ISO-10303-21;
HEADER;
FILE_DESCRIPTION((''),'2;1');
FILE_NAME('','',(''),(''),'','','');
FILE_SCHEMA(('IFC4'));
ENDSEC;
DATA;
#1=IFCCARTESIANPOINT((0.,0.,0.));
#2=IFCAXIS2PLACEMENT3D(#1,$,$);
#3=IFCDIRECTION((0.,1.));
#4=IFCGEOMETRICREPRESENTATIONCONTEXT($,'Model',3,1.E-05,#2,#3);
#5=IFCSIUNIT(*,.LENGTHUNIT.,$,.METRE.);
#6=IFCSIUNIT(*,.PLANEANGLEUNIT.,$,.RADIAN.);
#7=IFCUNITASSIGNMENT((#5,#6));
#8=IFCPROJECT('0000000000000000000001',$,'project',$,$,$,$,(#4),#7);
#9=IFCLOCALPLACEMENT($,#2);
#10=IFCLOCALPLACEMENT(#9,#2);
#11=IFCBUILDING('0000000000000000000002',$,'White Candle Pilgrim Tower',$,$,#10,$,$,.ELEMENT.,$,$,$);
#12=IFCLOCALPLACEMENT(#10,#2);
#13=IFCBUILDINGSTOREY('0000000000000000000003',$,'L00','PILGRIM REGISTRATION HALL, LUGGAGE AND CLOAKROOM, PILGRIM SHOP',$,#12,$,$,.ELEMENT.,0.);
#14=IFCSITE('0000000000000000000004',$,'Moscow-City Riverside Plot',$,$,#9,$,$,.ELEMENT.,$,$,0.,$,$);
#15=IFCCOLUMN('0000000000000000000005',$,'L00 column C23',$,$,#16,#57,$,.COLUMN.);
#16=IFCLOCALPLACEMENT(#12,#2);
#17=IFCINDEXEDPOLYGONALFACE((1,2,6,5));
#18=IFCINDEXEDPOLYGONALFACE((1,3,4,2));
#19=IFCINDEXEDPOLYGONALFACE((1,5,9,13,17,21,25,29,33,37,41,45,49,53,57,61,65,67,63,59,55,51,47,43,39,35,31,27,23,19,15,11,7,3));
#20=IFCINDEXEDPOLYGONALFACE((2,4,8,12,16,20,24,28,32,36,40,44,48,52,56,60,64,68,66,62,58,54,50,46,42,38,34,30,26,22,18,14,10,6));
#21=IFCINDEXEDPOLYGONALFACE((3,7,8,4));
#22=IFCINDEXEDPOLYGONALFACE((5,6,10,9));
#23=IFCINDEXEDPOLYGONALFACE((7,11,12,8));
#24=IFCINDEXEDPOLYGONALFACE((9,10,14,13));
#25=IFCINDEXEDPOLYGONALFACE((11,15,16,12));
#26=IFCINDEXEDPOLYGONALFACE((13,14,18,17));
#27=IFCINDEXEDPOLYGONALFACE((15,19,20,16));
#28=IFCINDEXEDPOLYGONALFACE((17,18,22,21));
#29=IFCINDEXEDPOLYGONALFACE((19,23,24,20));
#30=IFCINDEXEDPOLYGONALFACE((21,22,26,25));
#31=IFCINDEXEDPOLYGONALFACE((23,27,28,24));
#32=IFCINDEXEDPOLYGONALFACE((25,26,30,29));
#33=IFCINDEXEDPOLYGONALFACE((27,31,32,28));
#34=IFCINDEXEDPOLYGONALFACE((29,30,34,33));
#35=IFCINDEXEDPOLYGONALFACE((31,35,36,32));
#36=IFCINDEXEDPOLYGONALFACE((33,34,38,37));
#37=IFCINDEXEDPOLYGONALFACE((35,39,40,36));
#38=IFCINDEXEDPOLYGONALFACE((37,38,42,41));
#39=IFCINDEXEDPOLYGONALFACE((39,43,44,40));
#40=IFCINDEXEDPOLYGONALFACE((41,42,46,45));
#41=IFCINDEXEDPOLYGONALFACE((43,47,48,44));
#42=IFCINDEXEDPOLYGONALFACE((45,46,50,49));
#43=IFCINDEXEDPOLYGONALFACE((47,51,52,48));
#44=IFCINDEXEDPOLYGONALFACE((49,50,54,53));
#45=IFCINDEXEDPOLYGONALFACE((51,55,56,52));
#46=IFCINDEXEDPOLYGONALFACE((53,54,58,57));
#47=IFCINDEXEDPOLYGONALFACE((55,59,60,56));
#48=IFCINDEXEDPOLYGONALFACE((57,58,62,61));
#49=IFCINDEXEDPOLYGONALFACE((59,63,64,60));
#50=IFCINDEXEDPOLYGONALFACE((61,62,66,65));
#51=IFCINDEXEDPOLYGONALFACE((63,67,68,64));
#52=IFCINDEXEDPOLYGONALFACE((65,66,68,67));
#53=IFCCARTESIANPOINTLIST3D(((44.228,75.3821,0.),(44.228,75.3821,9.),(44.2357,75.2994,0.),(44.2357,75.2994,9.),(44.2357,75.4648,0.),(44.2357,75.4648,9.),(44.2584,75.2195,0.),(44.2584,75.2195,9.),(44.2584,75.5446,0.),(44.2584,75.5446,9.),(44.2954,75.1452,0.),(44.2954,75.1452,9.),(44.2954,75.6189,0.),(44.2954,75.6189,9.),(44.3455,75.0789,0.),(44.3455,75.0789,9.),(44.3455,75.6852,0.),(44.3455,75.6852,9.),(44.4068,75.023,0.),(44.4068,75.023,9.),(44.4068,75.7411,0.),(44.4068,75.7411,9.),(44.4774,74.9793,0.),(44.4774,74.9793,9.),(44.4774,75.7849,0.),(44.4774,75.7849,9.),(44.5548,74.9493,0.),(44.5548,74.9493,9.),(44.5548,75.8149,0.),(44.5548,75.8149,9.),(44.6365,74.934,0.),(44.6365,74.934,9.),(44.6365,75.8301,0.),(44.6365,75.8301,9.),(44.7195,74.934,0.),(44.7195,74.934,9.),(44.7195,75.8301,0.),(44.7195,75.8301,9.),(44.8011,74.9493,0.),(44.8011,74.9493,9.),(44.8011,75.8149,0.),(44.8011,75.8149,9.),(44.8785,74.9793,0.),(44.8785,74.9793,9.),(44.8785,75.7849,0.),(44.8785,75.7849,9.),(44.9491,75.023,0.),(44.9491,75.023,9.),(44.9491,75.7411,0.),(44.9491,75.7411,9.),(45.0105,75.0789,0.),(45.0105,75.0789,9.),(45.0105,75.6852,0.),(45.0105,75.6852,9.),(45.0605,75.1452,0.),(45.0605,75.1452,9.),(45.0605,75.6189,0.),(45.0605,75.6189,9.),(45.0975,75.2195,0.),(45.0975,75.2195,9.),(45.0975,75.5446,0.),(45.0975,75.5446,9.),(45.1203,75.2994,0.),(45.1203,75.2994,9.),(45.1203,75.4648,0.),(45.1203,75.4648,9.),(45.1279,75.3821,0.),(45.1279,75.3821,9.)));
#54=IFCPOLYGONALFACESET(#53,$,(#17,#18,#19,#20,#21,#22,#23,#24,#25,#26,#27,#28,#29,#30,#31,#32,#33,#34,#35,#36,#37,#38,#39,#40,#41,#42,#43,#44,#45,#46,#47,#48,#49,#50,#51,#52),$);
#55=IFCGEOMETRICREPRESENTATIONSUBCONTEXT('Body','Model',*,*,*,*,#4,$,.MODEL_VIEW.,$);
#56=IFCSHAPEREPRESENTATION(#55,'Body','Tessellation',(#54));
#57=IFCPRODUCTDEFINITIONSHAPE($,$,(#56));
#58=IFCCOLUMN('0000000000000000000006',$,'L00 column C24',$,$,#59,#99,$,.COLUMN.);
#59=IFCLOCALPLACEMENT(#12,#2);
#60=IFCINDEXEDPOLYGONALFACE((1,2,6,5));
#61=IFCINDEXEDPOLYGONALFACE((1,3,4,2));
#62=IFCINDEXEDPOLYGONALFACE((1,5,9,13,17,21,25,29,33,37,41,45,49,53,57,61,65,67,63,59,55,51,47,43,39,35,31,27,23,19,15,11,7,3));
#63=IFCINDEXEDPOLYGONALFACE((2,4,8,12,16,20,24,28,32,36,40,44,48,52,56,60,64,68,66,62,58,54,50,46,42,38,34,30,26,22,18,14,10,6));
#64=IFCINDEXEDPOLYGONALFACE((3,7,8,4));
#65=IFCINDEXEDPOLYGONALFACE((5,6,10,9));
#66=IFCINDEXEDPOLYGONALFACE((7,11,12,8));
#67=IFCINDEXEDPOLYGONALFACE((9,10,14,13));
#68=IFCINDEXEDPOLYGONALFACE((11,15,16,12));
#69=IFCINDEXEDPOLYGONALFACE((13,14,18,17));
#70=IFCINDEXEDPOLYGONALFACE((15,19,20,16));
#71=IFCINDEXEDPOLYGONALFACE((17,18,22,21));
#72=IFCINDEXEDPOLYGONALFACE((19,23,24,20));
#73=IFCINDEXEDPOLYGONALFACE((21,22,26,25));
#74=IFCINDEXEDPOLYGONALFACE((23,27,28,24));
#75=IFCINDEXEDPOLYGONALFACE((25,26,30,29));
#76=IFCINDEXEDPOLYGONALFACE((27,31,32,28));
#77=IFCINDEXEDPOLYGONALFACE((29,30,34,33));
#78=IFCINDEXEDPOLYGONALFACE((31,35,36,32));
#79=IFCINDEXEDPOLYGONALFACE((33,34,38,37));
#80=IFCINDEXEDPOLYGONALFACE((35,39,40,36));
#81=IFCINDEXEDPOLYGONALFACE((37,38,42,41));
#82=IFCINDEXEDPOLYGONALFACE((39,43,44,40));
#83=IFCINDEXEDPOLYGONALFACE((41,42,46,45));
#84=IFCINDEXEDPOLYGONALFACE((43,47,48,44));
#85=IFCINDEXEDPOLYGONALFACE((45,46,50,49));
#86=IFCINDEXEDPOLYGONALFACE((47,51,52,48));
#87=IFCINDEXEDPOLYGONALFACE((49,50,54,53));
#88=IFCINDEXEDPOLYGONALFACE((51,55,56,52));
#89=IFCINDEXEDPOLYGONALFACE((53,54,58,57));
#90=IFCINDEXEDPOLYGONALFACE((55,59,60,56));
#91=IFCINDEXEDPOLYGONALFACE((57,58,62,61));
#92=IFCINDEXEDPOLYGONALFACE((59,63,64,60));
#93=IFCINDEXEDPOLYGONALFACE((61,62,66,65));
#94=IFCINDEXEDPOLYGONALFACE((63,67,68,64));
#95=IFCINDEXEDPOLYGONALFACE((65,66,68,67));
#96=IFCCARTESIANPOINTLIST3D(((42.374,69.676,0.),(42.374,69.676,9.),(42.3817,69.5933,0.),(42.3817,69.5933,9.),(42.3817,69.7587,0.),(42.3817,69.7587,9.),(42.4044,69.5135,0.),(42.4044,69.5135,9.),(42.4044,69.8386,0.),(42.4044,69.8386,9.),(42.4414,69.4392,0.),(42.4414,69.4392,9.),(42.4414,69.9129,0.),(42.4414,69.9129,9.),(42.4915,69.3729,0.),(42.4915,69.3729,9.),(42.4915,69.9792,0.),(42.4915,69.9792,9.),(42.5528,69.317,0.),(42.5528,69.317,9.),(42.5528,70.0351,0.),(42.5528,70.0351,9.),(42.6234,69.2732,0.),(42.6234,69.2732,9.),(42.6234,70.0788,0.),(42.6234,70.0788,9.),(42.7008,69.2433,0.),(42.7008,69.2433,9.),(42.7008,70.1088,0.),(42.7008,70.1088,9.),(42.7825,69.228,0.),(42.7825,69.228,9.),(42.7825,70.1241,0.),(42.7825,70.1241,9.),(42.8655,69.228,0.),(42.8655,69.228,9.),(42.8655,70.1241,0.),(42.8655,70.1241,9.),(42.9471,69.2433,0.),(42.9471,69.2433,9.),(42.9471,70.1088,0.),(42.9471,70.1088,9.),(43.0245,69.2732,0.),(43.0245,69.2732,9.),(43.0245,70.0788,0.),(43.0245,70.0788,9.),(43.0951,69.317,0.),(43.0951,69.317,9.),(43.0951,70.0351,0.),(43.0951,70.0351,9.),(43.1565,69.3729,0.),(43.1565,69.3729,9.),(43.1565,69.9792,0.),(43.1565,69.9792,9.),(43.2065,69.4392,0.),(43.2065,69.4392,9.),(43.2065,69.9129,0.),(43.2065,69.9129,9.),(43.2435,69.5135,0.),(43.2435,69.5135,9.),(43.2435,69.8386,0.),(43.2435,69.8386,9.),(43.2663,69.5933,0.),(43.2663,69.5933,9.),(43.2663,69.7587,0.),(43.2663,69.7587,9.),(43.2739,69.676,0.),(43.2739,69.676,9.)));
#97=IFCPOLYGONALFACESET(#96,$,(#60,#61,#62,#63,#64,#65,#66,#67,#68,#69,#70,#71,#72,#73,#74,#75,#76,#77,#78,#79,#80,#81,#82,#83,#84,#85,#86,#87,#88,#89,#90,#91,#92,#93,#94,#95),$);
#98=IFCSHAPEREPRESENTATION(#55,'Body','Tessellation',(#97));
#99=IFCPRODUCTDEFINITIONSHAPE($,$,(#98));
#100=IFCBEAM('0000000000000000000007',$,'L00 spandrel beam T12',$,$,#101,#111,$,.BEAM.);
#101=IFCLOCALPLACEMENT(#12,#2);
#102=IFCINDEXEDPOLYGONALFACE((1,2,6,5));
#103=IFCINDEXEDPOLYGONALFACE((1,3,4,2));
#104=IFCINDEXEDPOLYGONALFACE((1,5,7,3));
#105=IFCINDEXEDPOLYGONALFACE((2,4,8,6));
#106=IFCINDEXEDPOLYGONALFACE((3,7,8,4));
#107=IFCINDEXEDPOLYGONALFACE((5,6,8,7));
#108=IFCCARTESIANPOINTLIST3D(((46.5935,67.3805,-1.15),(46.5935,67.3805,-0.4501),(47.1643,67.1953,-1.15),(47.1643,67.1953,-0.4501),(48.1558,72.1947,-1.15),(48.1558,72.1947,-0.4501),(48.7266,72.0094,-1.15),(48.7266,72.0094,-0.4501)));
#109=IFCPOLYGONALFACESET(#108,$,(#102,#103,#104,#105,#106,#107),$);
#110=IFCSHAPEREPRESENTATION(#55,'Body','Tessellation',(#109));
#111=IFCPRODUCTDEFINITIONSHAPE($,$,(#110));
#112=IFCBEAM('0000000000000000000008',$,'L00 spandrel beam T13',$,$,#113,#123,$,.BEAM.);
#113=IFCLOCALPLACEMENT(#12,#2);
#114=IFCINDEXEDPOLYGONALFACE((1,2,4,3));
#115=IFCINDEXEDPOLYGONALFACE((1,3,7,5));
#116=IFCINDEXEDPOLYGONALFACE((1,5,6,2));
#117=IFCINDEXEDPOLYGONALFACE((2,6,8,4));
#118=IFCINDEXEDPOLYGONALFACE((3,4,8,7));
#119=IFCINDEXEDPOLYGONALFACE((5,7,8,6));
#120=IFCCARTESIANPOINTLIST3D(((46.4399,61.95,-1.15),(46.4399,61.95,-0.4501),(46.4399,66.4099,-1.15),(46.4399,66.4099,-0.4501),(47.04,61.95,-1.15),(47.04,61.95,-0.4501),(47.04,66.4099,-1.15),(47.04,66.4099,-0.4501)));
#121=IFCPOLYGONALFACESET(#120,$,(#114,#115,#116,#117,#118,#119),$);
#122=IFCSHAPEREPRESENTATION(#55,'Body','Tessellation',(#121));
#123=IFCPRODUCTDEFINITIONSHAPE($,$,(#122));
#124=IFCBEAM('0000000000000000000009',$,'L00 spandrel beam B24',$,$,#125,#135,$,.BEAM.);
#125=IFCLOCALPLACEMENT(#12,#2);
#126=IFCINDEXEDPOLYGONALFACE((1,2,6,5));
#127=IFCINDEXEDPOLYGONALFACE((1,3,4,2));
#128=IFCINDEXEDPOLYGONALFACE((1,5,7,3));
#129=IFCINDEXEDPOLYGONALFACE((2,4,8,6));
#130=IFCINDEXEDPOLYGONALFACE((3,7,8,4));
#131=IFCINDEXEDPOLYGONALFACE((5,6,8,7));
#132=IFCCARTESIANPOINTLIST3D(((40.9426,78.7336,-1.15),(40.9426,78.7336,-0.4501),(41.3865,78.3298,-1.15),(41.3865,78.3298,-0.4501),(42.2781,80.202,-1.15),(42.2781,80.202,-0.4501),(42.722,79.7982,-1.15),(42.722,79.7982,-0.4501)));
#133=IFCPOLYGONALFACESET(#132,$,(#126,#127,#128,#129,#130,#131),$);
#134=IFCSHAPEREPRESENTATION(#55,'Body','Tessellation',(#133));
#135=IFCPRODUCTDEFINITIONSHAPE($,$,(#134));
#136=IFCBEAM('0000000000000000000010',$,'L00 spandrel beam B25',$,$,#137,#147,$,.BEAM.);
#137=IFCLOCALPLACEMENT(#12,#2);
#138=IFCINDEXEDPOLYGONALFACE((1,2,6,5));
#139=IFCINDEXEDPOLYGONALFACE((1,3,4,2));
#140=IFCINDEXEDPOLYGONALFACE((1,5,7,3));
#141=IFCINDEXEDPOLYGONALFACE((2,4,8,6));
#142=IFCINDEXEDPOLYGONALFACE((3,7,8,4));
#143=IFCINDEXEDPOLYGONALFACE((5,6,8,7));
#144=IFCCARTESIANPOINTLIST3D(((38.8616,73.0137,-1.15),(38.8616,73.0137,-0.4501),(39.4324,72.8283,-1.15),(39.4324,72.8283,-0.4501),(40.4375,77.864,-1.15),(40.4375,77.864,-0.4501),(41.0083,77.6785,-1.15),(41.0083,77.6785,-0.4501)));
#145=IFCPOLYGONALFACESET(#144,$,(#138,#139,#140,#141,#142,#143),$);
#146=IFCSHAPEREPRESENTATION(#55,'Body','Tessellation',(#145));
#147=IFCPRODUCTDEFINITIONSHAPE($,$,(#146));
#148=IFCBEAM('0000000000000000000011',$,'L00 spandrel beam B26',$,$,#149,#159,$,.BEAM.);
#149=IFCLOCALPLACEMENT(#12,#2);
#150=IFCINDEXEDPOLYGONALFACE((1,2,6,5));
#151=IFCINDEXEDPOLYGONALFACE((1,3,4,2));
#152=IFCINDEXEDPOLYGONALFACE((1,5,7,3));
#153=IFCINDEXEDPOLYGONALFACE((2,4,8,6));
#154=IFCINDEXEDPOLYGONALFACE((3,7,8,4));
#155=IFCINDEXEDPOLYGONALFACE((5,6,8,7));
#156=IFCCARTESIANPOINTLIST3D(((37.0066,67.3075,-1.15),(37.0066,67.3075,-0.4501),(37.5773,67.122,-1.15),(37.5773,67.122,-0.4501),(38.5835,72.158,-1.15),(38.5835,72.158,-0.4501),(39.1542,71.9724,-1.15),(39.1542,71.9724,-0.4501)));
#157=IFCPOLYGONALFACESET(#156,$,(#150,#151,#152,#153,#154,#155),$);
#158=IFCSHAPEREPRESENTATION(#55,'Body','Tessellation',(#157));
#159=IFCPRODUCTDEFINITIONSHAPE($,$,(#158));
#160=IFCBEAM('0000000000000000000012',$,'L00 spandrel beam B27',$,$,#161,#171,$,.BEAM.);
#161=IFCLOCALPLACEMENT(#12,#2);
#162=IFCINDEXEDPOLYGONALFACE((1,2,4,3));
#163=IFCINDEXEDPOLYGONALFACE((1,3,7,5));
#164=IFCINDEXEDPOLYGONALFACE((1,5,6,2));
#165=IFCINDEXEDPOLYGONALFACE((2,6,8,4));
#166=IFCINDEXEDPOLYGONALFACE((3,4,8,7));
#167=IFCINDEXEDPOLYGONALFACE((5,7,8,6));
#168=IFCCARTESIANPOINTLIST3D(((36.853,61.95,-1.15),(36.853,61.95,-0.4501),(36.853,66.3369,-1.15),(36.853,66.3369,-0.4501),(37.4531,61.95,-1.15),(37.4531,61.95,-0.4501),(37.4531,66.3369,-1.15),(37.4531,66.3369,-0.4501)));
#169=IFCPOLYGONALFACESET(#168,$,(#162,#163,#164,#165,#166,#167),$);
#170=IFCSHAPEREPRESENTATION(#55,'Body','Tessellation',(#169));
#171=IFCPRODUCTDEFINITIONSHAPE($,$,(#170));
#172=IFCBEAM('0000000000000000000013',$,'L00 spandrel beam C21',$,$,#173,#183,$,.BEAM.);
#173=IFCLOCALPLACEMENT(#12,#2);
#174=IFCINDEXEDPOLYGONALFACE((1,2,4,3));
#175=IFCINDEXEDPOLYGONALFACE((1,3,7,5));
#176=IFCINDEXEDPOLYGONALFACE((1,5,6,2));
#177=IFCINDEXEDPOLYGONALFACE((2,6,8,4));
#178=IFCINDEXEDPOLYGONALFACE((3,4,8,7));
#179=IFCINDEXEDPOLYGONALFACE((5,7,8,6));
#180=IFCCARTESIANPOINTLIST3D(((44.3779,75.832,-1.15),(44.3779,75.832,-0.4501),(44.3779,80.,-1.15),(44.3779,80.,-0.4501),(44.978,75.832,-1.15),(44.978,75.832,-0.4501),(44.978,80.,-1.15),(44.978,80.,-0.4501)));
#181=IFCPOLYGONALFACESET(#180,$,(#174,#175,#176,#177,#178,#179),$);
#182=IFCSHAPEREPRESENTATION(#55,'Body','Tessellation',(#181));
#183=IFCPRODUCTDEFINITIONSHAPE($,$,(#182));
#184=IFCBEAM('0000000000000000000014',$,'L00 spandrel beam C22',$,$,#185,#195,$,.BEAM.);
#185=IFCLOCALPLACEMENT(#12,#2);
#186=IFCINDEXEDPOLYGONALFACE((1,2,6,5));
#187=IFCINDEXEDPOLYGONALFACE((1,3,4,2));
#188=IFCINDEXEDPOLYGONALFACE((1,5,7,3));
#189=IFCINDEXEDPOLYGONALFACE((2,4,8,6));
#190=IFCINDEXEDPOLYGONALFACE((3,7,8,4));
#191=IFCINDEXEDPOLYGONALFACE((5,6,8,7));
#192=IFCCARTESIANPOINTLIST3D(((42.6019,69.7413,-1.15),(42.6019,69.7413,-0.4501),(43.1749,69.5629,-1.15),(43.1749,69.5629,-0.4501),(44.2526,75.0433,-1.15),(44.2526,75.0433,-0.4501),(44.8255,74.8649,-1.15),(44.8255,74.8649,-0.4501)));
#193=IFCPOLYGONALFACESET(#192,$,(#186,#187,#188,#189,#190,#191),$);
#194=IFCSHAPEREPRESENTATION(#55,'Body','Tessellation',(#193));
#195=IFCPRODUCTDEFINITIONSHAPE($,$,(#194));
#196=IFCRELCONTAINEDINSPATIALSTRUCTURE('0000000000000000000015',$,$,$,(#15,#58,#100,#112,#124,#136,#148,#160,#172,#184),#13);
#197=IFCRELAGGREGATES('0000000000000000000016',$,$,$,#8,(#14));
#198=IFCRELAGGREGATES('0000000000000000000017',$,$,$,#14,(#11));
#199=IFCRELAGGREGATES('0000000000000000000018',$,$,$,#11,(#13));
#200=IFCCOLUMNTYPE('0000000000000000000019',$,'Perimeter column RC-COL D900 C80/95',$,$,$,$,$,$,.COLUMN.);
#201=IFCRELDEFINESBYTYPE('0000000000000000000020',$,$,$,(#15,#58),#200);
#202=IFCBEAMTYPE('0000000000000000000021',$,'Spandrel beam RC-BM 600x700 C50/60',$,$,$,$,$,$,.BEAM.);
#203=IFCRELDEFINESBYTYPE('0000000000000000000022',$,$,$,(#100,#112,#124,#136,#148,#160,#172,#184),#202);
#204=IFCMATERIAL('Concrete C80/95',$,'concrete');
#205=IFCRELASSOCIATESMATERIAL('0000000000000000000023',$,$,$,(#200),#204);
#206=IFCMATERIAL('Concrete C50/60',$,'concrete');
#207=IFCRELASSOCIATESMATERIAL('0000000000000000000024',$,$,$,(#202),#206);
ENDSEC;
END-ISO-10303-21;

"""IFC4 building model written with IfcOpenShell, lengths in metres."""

from ifc_helpers import new_model, si_unit, direction, frame, origin, origin_2d, place, context, subcontext, project, spatial, rectangle, circle, extrude, material, material_profile, profile_set, type_object, element, save


model = new_model("IFC4")

# Units and contexts
model_context = context("Model", 3, precision=1e-05, world=origin(), true_north=direction((0.0, 1.0)))
body_context = subcontext(model_context, "Body", "Model", "MODEL_VIEW")
ifc_project = project(units=[si_unit("LENGTHUNIT", "METRE"), si_unit("PLANEANGLEUNIT", "RADIAN")], contexts=[model_context])

# Site, building, storey
site_placement = place(None, origin())
site = spatial("IfcSite", under=ifc_project, at=site_placement, Name="Moscow-City Riverside Plot", CompositionType="ELEMENT", RefElevation=0.0)
building_placement = place(site_placement, origin())
building = spatial("IfcBuilding", under=site, at=building_placement, Name="White Candle Pilgrim Tower", CompositionType="ELEMENT")
storey_placement = place(building_placement, origin())
storey = spatial("IfcBuildingStorey", under=building, at=storey_placement, Name="L00", Description="PILGRIM REGISTRATION HALL, LUGGAGE AND CLOAKROOM, PILGRIM SHOP", CompositionType="ELEMENT", Elevation=0.0)

# Columns
ifc_material_1 = material(Name="Concrete C80/95", Category="concrete")
ifc_material_profile_1 = material_profile(ifc_material_1, circle(Radius=0.45, at=origin_2d()), Name="RC-COL D900")
ifc_profile_set_1 = profile_set([ifc_material_profile_1], Name="Concrete C80/95")
column_type = type_object("IfcColumnType", Name="Perimeter column RC-COL D900 C80/95", PredefinedType="COLUMN", material=ifc_profile_set_1)
for number, where, z_axis, x_axis, name in (
    (1, (44.678, 75.3821, 0.0), (0.0, 0.0, 1.0), (1.0, 0.0, 0.0), "L00 column C23"),
    (2, (42.824, 69.676, 0.0), (0.0, 0.0, 1.0), (1.0, 0.0, 0.0), "L00 column C24"),
):
    element("IfcColumn", number, at=place(storey_placement, frame(where, z_axis=z_axis, x_axis=x_axis)), inside=storey, type_object=column_type, Name=name, PredefinedType="COLUMN", context=body_context, shape_type="SweptSolid", body=[
        extrude(circle(Radius=0.45, at=origin_2d()), origin(), (0.0, 0.0, 1.0), 9.0),
    ])

# Beams
ifc_material_2 = material(Name="Concrete C50/60", Category="concrete")
ifc_material_profile_2 = material_profile(ifc_material_2, rectangle(XDim=0.6001, YDim=0.7, at=origin_2d()), Name="RC-BM 600x700")
ifc_profile_set_2 = profile_set([ifc_material_profile_2], Name="Concrete C50/60")
beam_type = type_object("IfcBeamType", Name="Spandrel beam RC-BM 600x700 C50/60", PredefinedType="BEAM", material=ifc_profile_set_2)
beam_1_placement = place(storey_placement, frame((48.4412, 72.1021, -0.8), z_axis=(-0.308664, -0.951171, 0.0), x_axis=(0.951171, -0.308664, 0.0)))
element("IfcBeam", 3, at=beam_1_placement, inside=storey, type_object=beam_type, Name="L00 spandrel beam T12", PredefinedType="BEAM", context=body_context, shape_type="SweptSolid", body=[
    extrude(rectangle(XDim=0.6001, YDim=0.7, at=origin_2d()), origin(), (0.0, 0.0, 1.0), 5.0613),
])
beam_2_placement = place(storey_placement, frame((46.74, 66.4099, -0.8), z_axis=(0.0, -1.0, 0.0), x_axis=(1.0, 0.0, 0.0)))
element("IfcBeam", 4, at=beam_2_placement, inside=storey, type_object=beam_type, Name="L00 spandrel beam T13", PredefinedType="BEAM", context=body_context, shape_type="SweptSolid", body=[
    extrude(rectangle(XDim=0.6001, YDim=0.7, at=origin_2d()), origin(), (0.0, 0.0, 1.0), 4.46),
])
beam_3_placement = place(storey_placement, frame((41.1646, 78.5317, -0.8), z_axis=(0.672856, 0.739773, 0.0), x_axis=(-0.739773, 0.672856, 0.0)))
element("IfcBeam", 5, at=beam_3_placement, inside=storey, type_object=beam_type, Name="L00 spandrel beam B24", PredefinedType="BEAM", context=body_context, shape_type="SweptSolid", body=[
    extrude(rectangle(XDim=0.6001, YDim=0.7, at=origin_2d()), origin(), (0.0, 0.0, 1.0), 1.9849),
])
beam_4_placement = place(storey_placement, frame((40.7229, 77.7712, -0.8), z_axis=(-0.309009, -0.951059, 0.0), x_axis=(0.951059, -0.309009, 0.0)))
element("IfcBeam", 6, at=beam_4_placement, inside=storey, type_object=beam_type, Name="L00 spandrel beam B25", PredefinedType="BEAM", context=body_context, shape_type="SweptSolid", body=[
    extrude(rectangle(XDim=0.6001, YDim=0.7, at=origin_2d()), origin(), (0.0, 0.0, 1.0), 5.0999),
])
beam_5_placement = place(storey_placement, frame((38.8689, 72.0652, -0.8), z_axis=(-0.309182, -0.951003, 0.0), x_axis=(0.951003, -0.309182, 0.0)))
element("IfcBeam", 7, at=beam_5_placement, inside=storey, type_object=beam_type, Name="L00 spandrel beam B26", PredefinedType="BEAM", context=body_context, shape_type="SweptSolid", body=[
    extrude(rectangle(XDim=0.6001, YDim=0.7, at=origin_2d()), origin(), (0.0, 0.0, 1.0), 5.1003),
])
beam_6_placement = place(storey_placement, frame((37.1531, 66.3369, -0.8), z_axis=(0.0, -1.0, 0.0), x_axis=(1.0, 0.0, 0.0)))
element("IfcBeam", 8, at=beam_6_placement, inside=storey, type_object=beam_type, Name="L00 spandrel beam B27", PredefinedType="BEAM", context=body_context, shape_type="SweptSolid", body=[
    extrude(rectangle(XDim=0.6001, YDim=0.7, at=origin_2d()), origin(), (0.0, 0.0, 1.0), 4.387),
])
beam_7_placement = place(storey_placement, frame((44.678, 75.832, -0.8), z_axis=(0.0, 1.0, 0.0), x_axis=(-1.0, 0.0, 0.0)))
element("IfcBeam", 9, at=beam_7_placement, inside=storey, type_object=beam_type, Name="L00 spandrel beam C21", PredefinedType="BEAM", context=body_context, shape_type="SweptSolid", body=[
    extrude(rectangle(XDim=0.6001, YDim=0.7, at=origin_2d()), origin(), (0.0, 0.0, 1.0), 4.168),
])
beam_8_placement = place(storey_placement, frame((44.5391, 74.9541, -0.8), z_axis=(-0.297251, -0.954799, 0.0), x_axis=(0.954799, -0.297251, 0.0)))
element("IfcBeam", 10, at=beam_8_placement, inside=storey, type_object=beam_type, Name="L00 spandrel beam C22", PredefinedType="BEAM", context=body_context, shape_type="SweptSolid", body=[
    extrude(rectangle(XDim=0.6001, YDim=0.7, at=origin_2d()), origin(), (0.0, 0.0, 1.0), 5.553),
])

save(model, "model.ifc")
